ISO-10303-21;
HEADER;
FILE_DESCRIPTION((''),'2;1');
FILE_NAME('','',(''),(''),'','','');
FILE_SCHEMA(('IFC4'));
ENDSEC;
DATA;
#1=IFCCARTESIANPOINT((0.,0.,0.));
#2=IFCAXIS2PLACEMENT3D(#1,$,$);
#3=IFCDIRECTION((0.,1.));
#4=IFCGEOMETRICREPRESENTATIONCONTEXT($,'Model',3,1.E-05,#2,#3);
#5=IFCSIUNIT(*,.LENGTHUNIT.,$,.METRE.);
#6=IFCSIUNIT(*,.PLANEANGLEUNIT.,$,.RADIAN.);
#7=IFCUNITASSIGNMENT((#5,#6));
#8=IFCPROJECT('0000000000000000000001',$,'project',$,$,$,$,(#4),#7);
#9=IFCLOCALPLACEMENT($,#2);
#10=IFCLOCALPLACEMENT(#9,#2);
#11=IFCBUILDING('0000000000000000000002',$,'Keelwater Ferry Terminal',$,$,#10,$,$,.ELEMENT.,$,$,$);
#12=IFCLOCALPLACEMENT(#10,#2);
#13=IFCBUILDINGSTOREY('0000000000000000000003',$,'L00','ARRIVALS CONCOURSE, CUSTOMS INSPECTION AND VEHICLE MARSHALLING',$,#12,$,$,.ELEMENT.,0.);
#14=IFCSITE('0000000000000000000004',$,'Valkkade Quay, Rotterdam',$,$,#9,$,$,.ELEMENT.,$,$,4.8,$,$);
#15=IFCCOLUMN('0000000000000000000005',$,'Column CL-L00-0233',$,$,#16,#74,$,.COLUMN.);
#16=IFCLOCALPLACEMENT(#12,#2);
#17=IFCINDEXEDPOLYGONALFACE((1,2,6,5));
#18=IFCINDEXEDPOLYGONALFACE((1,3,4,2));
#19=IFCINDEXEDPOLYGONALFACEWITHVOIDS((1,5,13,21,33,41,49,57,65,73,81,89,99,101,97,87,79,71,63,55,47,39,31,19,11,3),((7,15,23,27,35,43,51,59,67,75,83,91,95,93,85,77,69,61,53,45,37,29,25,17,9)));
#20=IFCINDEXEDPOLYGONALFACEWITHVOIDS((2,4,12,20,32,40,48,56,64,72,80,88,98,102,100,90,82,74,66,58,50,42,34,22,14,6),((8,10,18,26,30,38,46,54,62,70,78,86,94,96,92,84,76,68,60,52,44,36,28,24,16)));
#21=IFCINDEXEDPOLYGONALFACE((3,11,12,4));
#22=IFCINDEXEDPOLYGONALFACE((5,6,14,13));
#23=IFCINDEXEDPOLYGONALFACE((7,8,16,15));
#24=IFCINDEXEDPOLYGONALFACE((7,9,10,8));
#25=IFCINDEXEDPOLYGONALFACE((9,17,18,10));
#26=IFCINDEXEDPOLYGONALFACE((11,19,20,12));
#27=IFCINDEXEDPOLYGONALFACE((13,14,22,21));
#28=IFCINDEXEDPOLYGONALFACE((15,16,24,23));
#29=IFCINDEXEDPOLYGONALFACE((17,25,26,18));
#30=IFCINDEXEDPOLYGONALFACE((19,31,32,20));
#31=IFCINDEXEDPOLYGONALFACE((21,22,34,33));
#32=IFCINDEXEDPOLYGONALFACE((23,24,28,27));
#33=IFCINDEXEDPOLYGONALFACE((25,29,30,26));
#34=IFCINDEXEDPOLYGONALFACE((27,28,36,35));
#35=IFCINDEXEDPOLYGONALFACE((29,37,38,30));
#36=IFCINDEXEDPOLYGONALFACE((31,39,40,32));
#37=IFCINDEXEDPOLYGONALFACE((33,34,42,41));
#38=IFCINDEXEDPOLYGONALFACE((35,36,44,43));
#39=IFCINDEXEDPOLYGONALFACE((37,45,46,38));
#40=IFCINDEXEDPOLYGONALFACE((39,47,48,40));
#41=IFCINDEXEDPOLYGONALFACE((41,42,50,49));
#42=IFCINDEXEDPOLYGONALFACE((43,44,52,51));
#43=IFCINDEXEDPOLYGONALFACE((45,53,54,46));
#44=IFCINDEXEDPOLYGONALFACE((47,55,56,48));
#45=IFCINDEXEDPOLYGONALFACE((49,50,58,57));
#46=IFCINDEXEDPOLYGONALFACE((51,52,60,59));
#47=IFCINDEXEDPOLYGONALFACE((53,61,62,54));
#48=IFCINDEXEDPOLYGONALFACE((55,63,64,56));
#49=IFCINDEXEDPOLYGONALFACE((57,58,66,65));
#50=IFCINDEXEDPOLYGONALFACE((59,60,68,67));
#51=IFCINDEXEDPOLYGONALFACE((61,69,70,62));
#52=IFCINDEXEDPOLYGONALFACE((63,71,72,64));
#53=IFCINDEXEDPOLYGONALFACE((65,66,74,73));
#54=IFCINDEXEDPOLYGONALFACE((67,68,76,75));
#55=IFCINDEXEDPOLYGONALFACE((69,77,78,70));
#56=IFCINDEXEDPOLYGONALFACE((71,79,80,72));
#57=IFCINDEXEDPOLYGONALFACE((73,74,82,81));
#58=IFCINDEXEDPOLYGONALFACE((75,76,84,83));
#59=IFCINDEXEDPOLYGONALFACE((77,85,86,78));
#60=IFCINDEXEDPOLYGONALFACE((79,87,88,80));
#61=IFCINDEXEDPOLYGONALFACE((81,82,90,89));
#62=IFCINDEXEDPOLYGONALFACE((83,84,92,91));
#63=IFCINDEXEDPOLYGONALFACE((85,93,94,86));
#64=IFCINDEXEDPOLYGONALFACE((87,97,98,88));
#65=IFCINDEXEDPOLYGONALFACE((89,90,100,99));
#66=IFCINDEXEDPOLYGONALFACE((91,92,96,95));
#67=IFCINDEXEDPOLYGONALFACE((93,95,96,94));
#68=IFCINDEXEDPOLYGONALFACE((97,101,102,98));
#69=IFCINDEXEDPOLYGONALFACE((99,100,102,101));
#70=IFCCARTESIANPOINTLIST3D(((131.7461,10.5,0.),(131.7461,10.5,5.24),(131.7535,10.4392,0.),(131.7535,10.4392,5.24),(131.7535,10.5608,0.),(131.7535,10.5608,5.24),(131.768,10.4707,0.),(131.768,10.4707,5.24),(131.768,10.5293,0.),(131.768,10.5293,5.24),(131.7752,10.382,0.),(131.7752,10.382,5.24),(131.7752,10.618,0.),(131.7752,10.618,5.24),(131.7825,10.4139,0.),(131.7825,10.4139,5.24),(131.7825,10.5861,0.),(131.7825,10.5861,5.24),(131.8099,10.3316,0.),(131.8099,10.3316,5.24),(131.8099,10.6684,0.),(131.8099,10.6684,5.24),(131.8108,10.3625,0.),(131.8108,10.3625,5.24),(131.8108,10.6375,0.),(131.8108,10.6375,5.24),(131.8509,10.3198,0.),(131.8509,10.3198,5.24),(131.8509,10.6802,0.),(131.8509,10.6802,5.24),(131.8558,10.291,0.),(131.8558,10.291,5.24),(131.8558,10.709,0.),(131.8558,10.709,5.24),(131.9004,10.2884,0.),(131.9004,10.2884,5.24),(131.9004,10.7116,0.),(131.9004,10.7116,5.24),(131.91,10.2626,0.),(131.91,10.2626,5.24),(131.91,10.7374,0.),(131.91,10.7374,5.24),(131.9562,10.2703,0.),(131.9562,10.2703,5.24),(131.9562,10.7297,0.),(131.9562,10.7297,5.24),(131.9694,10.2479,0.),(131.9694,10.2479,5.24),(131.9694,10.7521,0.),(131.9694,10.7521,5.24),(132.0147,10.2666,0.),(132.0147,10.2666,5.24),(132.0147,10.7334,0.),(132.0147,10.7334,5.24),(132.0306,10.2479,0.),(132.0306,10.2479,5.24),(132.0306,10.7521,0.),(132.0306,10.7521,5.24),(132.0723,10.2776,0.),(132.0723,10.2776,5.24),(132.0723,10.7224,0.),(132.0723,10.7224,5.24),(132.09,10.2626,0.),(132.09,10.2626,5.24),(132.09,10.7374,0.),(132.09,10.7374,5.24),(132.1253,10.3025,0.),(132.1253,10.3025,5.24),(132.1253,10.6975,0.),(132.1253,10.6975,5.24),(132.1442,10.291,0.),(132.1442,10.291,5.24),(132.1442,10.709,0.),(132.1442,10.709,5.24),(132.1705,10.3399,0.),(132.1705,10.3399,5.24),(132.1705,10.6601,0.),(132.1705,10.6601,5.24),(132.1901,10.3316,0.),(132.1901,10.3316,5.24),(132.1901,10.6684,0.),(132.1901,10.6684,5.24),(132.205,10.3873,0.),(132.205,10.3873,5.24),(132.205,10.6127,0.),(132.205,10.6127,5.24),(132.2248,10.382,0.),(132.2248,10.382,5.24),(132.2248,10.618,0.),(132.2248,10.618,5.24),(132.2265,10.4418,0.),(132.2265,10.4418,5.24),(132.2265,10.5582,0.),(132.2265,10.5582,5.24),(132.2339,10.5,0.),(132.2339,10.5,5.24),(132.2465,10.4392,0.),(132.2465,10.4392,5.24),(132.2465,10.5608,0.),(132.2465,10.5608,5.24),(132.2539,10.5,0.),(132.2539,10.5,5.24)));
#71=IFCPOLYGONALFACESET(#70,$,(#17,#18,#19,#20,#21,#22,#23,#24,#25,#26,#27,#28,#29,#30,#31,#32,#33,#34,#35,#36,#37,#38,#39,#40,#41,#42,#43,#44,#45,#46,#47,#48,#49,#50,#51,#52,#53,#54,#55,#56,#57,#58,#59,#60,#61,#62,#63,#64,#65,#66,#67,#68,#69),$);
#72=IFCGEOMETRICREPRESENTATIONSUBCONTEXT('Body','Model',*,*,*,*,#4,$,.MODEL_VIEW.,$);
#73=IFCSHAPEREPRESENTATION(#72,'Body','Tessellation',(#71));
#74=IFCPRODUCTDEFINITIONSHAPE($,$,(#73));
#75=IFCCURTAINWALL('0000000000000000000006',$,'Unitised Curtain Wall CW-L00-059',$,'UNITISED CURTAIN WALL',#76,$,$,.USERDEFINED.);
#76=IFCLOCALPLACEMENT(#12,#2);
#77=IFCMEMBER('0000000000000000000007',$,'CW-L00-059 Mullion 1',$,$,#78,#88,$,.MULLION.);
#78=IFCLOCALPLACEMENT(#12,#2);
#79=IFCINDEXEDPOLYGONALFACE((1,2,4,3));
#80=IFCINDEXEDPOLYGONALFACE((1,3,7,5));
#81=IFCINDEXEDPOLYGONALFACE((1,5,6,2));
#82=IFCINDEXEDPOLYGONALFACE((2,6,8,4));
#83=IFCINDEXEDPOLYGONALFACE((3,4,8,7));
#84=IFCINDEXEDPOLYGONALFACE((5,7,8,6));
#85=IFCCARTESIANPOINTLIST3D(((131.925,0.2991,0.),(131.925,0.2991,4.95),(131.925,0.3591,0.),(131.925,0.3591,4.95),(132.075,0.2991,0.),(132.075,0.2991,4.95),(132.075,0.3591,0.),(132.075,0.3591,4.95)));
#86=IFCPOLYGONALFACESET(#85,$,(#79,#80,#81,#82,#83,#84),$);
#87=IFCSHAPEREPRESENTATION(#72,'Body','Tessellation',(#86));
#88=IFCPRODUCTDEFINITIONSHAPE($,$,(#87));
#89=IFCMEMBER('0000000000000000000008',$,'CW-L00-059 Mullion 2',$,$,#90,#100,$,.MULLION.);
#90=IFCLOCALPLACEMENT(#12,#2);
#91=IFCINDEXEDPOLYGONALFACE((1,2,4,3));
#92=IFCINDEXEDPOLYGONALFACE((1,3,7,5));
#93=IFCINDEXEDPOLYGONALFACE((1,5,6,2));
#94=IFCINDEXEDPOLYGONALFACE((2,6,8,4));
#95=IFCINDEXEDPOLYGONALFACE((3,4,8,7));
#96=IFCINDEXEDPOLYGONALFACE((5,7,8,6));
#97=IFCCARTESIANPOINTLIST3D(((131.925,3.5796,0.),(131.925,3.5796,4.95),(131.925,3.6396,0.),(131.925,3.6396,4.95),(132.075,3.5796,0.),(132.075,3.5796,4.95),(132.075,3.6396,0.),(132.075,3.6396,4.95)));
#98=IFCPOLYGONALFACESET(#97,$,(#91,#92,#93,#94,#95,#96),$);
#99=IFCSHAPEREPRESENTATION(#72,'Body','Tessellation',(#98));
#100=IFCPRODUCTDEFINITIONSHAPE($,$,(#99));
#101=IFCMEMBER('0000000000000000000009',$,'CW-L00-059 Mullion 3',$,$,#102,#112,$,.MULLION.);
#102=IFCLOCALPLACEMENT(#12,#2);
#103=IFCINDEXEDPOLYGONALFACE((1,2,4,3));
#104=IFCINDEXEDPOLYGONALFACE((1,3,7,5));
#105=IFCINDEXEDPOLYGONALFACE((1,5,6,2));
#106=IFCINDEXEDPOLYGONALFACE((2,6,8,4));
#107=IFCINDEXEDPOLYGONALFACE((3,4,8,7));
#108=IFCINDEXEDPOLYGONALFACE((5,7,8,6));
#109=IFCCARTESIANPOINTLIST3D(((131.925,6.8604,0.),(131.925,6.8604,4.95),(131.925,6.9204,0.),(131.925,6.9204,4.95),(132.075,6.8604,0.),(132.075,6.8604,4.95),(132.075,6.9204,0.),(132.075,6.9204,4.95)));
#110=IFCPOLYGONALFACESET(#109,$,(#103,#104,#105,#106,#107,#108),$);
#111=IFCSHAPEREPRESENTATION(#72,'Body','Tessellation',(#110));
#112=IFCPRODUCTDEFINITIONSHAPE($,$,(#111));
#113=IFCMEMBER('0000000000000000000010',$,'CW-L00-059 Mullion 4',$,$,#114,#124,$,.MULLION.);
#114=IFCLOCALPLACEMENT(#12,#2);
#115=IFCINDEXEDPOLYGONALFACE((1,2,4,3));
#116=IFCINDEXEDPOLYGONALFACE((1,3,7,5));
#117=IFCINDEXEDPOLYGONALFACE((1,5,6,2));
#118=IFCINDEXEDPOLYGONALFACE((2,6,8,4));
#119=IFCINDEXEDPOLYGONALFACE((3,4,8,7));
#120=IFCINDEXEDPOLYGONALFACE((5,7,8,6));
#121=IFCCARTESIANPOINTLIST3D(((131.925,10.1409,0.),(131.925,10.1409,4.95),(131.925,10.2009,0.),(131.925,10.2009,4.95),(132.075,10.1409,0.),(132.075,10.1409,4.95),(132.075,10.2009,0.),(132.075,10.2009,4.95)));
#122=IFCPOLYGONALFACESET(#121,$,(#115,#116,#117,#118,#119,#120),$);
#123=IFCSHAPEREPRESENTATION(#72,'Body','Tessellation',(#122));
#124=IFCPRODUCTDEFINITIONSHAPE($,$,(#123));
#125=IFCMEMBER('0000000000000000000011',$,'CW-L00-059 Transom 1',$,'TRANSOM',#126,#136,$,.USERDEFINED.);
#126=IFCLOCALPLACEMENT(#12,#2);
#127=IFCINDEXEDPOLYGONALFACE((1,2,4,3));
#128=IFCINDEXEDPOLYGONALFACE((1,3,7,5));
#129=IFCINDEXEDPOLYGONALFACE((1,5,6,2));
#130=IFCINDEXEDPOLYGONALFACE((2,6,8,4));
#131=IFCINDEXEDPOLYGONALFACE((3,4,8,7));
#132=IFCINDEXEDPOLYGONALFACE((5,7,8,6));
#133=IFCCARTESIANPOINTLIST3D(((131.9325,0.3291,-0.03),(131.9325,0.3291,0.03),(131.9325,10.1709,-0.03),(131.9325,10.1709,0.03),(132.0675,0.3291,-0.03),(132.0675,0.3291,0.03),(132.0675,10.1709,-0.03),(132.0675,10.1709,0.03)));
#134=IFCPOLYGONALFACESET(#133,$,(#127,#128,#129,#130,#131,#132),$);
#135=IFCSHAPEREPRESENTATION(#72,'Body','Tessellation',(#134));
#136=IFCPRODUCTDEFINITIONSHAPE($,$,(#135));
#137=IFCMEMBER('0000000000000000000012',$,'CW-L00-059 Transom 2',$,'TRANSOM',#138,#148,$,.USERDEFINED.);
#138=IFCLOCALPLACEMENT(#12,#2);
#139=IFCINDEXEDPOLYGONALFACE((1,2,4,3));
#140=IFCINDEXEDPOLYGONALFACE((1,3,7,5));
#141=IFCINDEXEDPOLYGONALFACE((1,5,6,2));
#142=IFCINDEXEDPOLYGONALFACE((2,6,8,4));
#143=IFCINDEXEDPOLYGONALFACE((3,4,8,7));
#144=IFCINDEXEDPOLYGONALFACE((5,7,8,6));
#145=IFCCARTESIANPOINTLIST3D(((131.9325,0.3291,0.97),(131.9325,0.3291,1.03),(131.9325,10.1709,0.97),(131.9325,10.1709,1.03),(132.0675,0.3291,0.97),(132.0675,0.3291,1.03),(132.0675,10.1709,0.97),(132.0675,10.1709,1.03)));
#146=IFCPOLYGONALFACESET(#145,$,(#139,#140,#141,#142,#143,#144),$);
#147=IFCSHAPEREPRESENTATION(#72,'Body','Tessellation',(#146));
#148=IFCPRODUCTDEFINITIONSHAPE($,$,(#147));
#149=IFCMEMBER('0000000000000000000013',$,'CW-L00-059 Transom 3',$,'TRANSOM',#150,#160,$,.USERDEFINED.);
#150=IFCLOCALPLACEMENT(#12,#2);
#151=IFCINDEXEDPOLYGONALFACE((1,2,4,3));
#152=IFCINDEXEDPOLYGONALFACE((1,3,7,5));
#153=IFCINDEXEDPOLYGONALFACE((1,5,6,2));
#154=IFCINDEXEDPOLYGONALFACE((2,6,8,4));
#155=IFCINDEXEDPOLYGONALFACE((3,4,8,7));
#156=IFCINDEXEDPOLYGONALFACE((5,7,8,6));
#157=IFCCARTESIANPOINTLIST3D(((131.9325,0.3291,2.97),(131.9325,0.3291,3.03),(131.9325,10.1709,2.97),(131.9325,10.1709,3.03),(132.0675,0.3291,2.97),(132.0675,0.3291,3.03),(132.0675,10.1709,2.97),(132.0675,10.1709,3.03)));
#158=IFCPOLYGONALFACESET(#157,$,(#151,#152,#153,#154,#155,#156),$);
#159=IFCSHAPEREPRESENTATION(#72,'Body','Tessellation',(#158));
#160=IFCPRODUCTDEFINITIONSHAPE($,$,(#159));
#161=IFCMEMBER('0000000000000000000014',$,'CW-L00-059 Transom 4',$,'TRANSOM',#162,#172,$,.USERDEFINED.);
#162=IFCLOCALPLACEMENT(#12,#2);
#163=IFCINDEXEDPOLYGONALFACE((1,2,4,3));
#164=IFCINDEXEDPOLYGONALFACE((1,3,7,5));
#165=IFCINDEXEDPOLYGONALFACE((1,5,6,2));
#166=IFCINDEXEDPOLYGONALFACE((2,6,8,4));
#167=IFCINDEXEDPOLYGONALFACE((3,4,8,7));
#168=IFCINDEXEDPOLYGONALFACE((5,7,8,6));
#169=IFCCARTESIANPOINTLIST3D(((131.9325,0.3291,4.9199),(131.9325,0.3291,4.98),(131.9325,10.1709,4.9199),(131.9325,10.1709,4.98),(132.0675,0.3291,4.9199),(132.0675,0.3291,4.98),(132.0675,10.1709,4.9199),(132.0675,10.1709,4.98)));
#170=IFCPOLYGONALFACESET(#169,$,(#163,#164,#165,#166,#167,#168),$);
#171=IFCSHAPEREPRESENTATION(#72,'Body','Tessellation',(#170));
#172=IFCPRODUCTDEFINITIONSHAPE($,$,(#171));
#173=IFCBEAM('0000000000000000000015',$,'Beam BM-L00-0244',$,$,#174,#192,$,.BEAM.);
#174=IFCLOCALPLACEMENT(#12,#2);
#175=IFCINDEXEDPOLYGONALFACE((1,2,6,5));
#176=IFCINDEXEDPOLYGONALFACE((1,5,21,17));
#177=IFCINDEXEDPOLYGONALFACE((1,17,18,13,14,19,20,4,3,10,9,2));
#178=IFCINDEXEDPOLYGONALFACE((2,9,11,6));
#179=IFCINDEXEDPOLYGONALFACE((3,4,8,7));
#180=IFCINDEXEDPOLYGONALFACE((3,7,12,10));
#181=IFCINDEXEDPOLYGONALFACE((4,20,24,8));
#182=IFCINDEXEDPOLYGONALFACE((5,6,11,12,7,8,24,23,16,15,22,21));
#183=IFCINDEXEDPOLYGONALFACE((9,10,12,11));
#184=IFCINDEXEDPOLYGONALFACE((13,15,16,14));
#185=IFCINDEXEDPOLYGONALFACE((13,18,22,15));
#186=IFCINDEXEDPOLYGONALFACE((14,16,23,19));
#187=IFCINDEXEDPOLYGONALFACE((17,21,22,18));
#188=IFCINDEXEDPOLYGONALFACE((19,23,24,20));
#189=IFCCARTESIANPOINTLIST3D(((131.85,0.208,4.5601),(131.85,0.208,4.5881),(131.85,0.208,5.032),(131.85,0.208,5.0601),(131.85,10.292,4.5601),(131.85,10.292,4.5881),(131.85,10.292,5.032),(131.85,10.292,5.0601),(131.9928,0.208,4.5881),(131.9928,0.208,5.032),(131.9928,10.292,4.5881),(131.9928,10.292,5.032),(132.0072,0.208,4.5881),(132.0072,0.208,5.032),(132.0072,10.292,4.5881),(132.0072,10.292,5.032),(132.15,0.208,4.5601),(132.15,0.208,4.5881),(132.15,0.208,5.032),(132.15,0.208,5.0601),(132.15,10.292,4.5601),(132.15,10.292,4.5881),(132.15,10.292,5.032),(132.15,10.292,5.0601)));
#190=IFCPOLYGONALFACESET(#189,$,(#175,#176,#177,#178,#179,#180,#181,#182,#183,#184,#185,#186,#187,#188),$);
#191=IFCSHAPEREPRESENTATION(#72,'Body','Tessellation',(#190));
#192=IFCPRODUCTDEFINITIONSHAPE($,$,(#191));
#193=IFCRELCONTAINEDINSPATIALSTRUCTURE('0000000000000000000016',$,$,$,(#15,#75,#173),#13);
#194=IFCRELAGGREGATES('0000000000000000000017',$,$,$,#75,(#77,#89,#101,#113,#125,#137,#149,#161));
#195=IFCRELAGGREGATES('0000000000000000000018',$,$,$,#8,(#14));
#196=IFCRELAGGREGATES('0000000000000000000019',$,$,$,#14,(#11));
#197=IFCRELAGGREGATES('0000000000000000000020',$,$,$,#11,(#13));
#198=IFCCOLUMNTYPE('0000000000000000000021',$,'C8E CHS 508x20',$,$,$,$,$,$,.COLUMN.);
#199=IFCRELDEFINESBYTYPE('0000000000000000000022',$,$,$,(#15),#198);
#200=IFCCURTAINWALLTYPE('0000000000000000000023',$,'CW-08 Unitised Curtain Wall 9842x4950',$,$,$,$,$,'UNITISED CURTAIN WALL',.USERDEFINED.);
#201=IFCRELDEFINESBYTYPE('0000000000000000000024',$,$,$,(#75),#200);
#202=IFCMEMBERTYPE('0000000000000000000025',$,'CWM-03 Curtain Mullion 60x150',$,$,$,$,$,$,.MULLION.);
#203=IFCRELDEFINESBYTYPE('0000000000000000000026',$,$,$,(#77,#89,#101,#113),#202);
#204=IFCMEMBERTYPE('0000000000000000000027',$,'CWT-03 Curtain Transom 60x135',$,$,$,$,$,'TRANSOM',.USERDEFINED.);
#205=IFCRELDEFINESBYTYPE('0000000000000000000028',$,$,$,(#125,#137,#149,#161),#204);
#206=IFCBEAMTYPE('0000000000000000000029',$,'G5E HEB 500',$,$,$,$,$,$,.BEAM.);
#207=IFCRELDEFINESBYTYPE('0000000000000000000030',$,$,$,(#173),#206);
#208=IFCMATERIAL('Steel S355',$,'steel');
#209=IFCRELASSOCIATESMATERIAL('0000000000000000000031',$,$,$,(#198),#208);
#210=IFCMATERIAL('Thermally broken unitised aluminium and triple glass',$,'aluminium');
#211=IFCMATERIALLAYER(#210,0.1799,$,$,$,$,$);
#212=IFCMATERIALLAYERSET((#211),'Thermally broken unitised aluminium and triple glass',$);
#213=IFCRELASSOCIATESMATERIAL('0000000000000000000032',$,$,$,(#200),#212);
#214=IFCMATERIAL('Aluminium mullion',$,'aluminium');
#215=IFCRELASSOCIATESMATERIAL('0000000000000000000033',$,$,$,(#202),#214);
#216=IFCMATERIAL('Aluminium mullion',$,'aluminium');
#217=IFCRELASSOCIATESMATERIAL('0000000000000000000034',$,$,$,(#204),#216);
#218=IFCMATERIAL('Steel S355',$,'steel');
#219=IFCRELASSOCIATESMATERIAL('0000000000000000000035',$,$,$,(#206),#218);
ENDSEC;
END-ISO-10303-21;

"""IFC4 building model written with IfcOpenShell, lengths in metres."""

from ifc_helpers import new_model, si_unit, direction, frame, origin, origin_2d, place, context, subcontext, project, spatial, rectangle, hollow_circle, i_section, extrude, material, layer, layer_set, material_profile, profile_set, type_object, element, aggregate, save


model = new_model("IFC4")

# Units and contexts
model_context = context("Model", 3, precision=1e-05, world=origin(), true_north=direction((0.0, 1.0)))
body_context = subcontext(model_context, "Body", "Model", "MODEL_VIEW")
ifc_project = project(units=[si_unit("LENGTHUNIT", "METRE"), si_unit("PLANEANGLEUNIT", "RADIAN")], contexts=[model_context])

# Site, building, storey
site_placement = place(None, origin())
site = spatial("IfcSite", under=ifc_project, at=site_placement, Name="Valkkade Quay, Rotterdam", CompositionType="ELEMENT", RefElevation=4.8)
building_placement = place(site_placement, origin())
building = spatial("IfcBuilding", under=site, at=building_placement, Name="Keelwater Ferry Terminal", CompositionType="ELEMENT")
storey_placement = place(building_placement, origin())
storey = spatial("IfcBuildingStorey", under=building, at=storey_placement, Name="L00", Description="ARRIVALS CONCOURSE, CUSTOMS INSPECTION AND VEHICLE MARSHALLING", CompositionType="ELEMENT", Elevation=0.0)

# Column
ifc_material_1 = material(Name="Steel S355", Category="steel")
ifc_material_profile_1 = material_profile(ifc_material_1, hollow_circle(Radius=0.2539, WallThickness=0.02, at=origin_2d()), Name="CHS 508x20")
ifc_profile_set_1 = profile_set([ifc_material_profile_1], Name="Steel S355")
column_type = type_object("IfcColumnType", Name="C8E CHS 508x20", PredefinedType="COLUMN", material=ifc_profile_set_1)
for number, where, z_axis, x_axis, name in (
    (1, (132.0, 10.5, 0.0), (0.0, 0.0, 1.0), (1.0, 0.0, 0.0), "Column CL-L00-0233"),
):
    element("IfcColumn", number, at=place(storey_placement, frame(where, z_axis=z_axis, x_axis=x_axis)), inside=storey, type_object=column_type, Name=name, PredefinedType="COLUMN", context=body_context, shape_type="SweptSolid", body=[
        extrude(hollow_circle(Radius=0.2539, WallThickness=0.02, at=origin_2d()), origin(), (0.0, 0.0, 1.0), 5.24),
    ])

# Curtain wall, members
ifc_material_2 = material(Name="Thermally broken unitised aluminium and triple glass", Category="aluminium")
ifc_layer_1 = layer(ifc_material_2, 0.1799)
ifc_layer_set_1 = layer_set([ifc_layer_1], Name="Thermally broken unitised aluminium and triple glass")
curtain_wall_type = type_object("IfcCurtainWallType", Name="CW-08 Unitised Curtain Wall 9842x4950", ElementType="UNITISED CURTAIN WALL", PredefinedType="USERDEFINED", material=ifc_layer_set_1)
curtain_wall_placement = place(storey_placement, origin())
curtain_wall = element("IfcCurtainWall", 2, at=curtain_wall_placement, inside=storey, type_object=curtain_wall_type, Name="Unitised Curtain Wall CW-L00-059", ObjectType="UNITISED CURTAIN WALL", PredefinedType="USERDEFINED")
ifc_material_3 = material(Name="Aluminium mullion", Category="aluminium")
ifc_material_profile_2 = material_profile(ifc_material_3, rectangle(XDim=0.0601, YDim=0.1499, at=origin_2d()), Name="CWM-03")
ifc_profile_set_2 = profile_set([ifc_material_profile_2], Name="Aluminium mullion")
member_type_1 = type_object("IfcMemberType", Name="CWM-03 Curtain Mullion 60x150", PredefinedType="MULLION", material=ifc_profile_set_2)
member_1_placement = place(storey_placement, frame((132.0, 0.3291, 0.0), z_axis=(0.0, 0.0, 1.0), x_axis=(0.0, 1.0, 0.0)))
member_1 = element("IfcMember", 3, at=member_1_placement, type_object=member_type_1, Name="CW-L00-059 Mullion 1", PredefinedType="MULLION", context=body_context, shape_type="SweptSolid", body=[
    extrude(rectangle(XDim=0.0601, YDim=0.1499, at=origin_2d()), origin(), (0.0, 0.0, 1.0), 4.95),
])
member_2_placement = place(storey_placement, frame((132.0, 3.6096, 0.0), z_axis=(0.0, 0.0, 1.0), x_axis=(0.0, 1.0, 0.0)))
member_2 = element("IfcMember", 4, at=member_2_placement, type_object=member_type_1, Name="CW-L00-059 Mullion 2", PredefinedType="MULLION", context=body_context, shape_type="SweptSolid", body=[
    extrude(rectangle(XDim=0.0601, YDim=0.1499, at=origin_2d()), origin(), (0.0, 0.0, 1.0), 4.95),
])
member_3_placement = place(storey_placement, frame((132.0, 6.8904, 0.0), z_axis=(0.0, 0.0, 1.0), x_axis=(0.0, 1.0, 0.0)))
member_3 = element("IfcMember", 5, at=member_3_placement, type_object=member_type_1, Name="CW-L00-059 Mullion 3", PredefinedType="MULLION", context=body_context, shape_type="SweptSolid", body=[
    extrude(rectangle(XDim=0.0601, YDim=0.1499, at=origin_2d()), origin(), (0.0, 0.0, 1.0), 4.95),
])
member_4_placement = place(storey_placement, frame((132.0, 10.1709, 0.0), z_axis=(0.0, 0.0, 1.0), x_axis=(0.0, 1.0, 0.0)))
member_4 = element("IfcMember", 6, at=member_4_placement, type_object=member_type_1, Name="CW-L00-059 Mullion 4", PredefinedType="MULLION", context=body_context, shape_type="SweptSolid", body=[
    extrude(rectangle(XDim=0.0601, YDim=0.1499, at=origin_2d()), origin(), (0.0, 0.0, 1.0), 4.95),
])
ifc_material_4 = material(Name="Aluminium mullion", Category="aluminium")
ifc_material_profile_3 = material_profile(ifc_material_4, rectangle(XDim=0.135, YDim=0.0601, at=origin_2d()), Name="CWT-03")
ifc_profile_set_3 = profile_set([ifc_material_profile_3], Name="Aluminium mullion")
member_type_2 = type_object("IfcMemberType", Name="CWT-03 Curtain Transom 60x135", ElementType="TRANSOM", PredefinedType="USERDEFINED", material=ifc_profile_set_3)
member_5_placement = place(storey_placement, frame((132.0, 0.3291, 0.0), z_axis=(0.0, 1.0, 0.0), x_axis=(-1.0, 0.0, 0.0)))
member_5 = element("IfcMember", 7, at=member_5_placement, type_object=member_type_2, Name="CW-L00-059 Transom 1", ObjectType="TRANSOM", PredefinedType="USERDEFINED", context=body_context, shape_type="SweptSolid", body=[
    extrude(rectangle(XDim=0.135, YDim=0.0601, at=origin_2d()), origin(), (0.0, 0.0, 1.0), 9.8418),
])
member_6_placement = place(storey_placement, frame((132.0, 0.3291, 1.0), z_axis=(0.0, 1.0, 0.0), x_axis=(-1.0, 0.0, 0.0)))
member_6 = element("IfcMember", 8, at=member_6_placement, type_object=member_type_2, Name="CW-L00-059 Transom 2", ObjectType="TRANSOM", PredefinedType="USERDEFINED", context=body_context, shape_type="SweptSolid", body=[
    extrude(rectangle(XDim=0.135, YDim=0.0601, at=origin_2d()), origin(), (0.0, 0.0, 1.0), 9.8418),
])
member_7_placement = place(storey_placement, frame((132.0, 0.3291, 3.0), z_axis=(0.0, 1.0, 0.0), x_axis=(-1.0, 0.0, 0.0)))
member_7 = element("IfcMember", 9, at=member_7_placement, type_object=member_type_2, Name="CW-L00-059 Transom 3", ObjectType="TRANSOM", PredefinedType="USERDEFINED", context=body_context, shape_type="SweptSolid", body=[
    extrude(rectangle(XDim=0.135, YDim=0.0601, at=origin_2d()), origin(), (0.0, 0.0, 1.0), 9.8418),
])
member_8_placement = place(storey_placement, frame((132.0, 0.3291, 4.95), z_axis=(0.0, 1.0, 0.0), x_axis=(-1.0, 0.0, 0.0)))
member_8 = element("IfcMember", 10, at=member_8_placement, type_object=member_type_2, Name="CW-L00-059 Transom 4", ObjectType="TRANSOM", PredefinedType="USERDEFINED", context=body_context, shape_type="SweptSolid", body=[
    extrude(rectangle(XDim=0.135, YDim=0.0601, at=origin_2d()), origin(), (0.0, 0.0, 1.0), 9.8418),
])

# Beam
ifc_material_5 = material(Name="Steel S355", Category="steel")
ifc_material_profile_4 = material_profile(ifc_material_5, i_section(OverallWidth=0.3, OverallDepth=0.5, WebThickness=0.0144, FlangeThickness=0.0281, at=origin_2d()), Name="HEB 500")
ifc_profile_set_4 = profile_set([ifc_material_profile_4], Name="Steel S355")
beam_type = type_object("IfcBeamType", Name="G5E HEB 500", PredefinedType="BEAM", material=ifc_profile_set_4)
beam_placement = place(storey_placement, frame((132.0, 0.208, 4.8101), z_axis=(0.0, 1.0, 0.0), x_axis=(-1.0, 0.0, 0.0)))
element("IfcBeam", 11, at=beam_placement, inside=storey, type_object=beam_type, Name="Beam BM-L00-0244", PredefinedType="BEAM", context=body_context, shape_type="SweptSolid", body=[
    extrude(i_section(OverallWidth=0.3, OverallDepth=0.5, WebThickness=0.0144, FlangeThickness=0.0281, at=origin_2d()), origin(), (0.0, 0.0, 1.0), 10.084),
])

aggregate(curtain_wall, [member_1, member_2, member_3, member_4, member_5, member_6, member_7, member_8])

save(model, "model.ifc")
